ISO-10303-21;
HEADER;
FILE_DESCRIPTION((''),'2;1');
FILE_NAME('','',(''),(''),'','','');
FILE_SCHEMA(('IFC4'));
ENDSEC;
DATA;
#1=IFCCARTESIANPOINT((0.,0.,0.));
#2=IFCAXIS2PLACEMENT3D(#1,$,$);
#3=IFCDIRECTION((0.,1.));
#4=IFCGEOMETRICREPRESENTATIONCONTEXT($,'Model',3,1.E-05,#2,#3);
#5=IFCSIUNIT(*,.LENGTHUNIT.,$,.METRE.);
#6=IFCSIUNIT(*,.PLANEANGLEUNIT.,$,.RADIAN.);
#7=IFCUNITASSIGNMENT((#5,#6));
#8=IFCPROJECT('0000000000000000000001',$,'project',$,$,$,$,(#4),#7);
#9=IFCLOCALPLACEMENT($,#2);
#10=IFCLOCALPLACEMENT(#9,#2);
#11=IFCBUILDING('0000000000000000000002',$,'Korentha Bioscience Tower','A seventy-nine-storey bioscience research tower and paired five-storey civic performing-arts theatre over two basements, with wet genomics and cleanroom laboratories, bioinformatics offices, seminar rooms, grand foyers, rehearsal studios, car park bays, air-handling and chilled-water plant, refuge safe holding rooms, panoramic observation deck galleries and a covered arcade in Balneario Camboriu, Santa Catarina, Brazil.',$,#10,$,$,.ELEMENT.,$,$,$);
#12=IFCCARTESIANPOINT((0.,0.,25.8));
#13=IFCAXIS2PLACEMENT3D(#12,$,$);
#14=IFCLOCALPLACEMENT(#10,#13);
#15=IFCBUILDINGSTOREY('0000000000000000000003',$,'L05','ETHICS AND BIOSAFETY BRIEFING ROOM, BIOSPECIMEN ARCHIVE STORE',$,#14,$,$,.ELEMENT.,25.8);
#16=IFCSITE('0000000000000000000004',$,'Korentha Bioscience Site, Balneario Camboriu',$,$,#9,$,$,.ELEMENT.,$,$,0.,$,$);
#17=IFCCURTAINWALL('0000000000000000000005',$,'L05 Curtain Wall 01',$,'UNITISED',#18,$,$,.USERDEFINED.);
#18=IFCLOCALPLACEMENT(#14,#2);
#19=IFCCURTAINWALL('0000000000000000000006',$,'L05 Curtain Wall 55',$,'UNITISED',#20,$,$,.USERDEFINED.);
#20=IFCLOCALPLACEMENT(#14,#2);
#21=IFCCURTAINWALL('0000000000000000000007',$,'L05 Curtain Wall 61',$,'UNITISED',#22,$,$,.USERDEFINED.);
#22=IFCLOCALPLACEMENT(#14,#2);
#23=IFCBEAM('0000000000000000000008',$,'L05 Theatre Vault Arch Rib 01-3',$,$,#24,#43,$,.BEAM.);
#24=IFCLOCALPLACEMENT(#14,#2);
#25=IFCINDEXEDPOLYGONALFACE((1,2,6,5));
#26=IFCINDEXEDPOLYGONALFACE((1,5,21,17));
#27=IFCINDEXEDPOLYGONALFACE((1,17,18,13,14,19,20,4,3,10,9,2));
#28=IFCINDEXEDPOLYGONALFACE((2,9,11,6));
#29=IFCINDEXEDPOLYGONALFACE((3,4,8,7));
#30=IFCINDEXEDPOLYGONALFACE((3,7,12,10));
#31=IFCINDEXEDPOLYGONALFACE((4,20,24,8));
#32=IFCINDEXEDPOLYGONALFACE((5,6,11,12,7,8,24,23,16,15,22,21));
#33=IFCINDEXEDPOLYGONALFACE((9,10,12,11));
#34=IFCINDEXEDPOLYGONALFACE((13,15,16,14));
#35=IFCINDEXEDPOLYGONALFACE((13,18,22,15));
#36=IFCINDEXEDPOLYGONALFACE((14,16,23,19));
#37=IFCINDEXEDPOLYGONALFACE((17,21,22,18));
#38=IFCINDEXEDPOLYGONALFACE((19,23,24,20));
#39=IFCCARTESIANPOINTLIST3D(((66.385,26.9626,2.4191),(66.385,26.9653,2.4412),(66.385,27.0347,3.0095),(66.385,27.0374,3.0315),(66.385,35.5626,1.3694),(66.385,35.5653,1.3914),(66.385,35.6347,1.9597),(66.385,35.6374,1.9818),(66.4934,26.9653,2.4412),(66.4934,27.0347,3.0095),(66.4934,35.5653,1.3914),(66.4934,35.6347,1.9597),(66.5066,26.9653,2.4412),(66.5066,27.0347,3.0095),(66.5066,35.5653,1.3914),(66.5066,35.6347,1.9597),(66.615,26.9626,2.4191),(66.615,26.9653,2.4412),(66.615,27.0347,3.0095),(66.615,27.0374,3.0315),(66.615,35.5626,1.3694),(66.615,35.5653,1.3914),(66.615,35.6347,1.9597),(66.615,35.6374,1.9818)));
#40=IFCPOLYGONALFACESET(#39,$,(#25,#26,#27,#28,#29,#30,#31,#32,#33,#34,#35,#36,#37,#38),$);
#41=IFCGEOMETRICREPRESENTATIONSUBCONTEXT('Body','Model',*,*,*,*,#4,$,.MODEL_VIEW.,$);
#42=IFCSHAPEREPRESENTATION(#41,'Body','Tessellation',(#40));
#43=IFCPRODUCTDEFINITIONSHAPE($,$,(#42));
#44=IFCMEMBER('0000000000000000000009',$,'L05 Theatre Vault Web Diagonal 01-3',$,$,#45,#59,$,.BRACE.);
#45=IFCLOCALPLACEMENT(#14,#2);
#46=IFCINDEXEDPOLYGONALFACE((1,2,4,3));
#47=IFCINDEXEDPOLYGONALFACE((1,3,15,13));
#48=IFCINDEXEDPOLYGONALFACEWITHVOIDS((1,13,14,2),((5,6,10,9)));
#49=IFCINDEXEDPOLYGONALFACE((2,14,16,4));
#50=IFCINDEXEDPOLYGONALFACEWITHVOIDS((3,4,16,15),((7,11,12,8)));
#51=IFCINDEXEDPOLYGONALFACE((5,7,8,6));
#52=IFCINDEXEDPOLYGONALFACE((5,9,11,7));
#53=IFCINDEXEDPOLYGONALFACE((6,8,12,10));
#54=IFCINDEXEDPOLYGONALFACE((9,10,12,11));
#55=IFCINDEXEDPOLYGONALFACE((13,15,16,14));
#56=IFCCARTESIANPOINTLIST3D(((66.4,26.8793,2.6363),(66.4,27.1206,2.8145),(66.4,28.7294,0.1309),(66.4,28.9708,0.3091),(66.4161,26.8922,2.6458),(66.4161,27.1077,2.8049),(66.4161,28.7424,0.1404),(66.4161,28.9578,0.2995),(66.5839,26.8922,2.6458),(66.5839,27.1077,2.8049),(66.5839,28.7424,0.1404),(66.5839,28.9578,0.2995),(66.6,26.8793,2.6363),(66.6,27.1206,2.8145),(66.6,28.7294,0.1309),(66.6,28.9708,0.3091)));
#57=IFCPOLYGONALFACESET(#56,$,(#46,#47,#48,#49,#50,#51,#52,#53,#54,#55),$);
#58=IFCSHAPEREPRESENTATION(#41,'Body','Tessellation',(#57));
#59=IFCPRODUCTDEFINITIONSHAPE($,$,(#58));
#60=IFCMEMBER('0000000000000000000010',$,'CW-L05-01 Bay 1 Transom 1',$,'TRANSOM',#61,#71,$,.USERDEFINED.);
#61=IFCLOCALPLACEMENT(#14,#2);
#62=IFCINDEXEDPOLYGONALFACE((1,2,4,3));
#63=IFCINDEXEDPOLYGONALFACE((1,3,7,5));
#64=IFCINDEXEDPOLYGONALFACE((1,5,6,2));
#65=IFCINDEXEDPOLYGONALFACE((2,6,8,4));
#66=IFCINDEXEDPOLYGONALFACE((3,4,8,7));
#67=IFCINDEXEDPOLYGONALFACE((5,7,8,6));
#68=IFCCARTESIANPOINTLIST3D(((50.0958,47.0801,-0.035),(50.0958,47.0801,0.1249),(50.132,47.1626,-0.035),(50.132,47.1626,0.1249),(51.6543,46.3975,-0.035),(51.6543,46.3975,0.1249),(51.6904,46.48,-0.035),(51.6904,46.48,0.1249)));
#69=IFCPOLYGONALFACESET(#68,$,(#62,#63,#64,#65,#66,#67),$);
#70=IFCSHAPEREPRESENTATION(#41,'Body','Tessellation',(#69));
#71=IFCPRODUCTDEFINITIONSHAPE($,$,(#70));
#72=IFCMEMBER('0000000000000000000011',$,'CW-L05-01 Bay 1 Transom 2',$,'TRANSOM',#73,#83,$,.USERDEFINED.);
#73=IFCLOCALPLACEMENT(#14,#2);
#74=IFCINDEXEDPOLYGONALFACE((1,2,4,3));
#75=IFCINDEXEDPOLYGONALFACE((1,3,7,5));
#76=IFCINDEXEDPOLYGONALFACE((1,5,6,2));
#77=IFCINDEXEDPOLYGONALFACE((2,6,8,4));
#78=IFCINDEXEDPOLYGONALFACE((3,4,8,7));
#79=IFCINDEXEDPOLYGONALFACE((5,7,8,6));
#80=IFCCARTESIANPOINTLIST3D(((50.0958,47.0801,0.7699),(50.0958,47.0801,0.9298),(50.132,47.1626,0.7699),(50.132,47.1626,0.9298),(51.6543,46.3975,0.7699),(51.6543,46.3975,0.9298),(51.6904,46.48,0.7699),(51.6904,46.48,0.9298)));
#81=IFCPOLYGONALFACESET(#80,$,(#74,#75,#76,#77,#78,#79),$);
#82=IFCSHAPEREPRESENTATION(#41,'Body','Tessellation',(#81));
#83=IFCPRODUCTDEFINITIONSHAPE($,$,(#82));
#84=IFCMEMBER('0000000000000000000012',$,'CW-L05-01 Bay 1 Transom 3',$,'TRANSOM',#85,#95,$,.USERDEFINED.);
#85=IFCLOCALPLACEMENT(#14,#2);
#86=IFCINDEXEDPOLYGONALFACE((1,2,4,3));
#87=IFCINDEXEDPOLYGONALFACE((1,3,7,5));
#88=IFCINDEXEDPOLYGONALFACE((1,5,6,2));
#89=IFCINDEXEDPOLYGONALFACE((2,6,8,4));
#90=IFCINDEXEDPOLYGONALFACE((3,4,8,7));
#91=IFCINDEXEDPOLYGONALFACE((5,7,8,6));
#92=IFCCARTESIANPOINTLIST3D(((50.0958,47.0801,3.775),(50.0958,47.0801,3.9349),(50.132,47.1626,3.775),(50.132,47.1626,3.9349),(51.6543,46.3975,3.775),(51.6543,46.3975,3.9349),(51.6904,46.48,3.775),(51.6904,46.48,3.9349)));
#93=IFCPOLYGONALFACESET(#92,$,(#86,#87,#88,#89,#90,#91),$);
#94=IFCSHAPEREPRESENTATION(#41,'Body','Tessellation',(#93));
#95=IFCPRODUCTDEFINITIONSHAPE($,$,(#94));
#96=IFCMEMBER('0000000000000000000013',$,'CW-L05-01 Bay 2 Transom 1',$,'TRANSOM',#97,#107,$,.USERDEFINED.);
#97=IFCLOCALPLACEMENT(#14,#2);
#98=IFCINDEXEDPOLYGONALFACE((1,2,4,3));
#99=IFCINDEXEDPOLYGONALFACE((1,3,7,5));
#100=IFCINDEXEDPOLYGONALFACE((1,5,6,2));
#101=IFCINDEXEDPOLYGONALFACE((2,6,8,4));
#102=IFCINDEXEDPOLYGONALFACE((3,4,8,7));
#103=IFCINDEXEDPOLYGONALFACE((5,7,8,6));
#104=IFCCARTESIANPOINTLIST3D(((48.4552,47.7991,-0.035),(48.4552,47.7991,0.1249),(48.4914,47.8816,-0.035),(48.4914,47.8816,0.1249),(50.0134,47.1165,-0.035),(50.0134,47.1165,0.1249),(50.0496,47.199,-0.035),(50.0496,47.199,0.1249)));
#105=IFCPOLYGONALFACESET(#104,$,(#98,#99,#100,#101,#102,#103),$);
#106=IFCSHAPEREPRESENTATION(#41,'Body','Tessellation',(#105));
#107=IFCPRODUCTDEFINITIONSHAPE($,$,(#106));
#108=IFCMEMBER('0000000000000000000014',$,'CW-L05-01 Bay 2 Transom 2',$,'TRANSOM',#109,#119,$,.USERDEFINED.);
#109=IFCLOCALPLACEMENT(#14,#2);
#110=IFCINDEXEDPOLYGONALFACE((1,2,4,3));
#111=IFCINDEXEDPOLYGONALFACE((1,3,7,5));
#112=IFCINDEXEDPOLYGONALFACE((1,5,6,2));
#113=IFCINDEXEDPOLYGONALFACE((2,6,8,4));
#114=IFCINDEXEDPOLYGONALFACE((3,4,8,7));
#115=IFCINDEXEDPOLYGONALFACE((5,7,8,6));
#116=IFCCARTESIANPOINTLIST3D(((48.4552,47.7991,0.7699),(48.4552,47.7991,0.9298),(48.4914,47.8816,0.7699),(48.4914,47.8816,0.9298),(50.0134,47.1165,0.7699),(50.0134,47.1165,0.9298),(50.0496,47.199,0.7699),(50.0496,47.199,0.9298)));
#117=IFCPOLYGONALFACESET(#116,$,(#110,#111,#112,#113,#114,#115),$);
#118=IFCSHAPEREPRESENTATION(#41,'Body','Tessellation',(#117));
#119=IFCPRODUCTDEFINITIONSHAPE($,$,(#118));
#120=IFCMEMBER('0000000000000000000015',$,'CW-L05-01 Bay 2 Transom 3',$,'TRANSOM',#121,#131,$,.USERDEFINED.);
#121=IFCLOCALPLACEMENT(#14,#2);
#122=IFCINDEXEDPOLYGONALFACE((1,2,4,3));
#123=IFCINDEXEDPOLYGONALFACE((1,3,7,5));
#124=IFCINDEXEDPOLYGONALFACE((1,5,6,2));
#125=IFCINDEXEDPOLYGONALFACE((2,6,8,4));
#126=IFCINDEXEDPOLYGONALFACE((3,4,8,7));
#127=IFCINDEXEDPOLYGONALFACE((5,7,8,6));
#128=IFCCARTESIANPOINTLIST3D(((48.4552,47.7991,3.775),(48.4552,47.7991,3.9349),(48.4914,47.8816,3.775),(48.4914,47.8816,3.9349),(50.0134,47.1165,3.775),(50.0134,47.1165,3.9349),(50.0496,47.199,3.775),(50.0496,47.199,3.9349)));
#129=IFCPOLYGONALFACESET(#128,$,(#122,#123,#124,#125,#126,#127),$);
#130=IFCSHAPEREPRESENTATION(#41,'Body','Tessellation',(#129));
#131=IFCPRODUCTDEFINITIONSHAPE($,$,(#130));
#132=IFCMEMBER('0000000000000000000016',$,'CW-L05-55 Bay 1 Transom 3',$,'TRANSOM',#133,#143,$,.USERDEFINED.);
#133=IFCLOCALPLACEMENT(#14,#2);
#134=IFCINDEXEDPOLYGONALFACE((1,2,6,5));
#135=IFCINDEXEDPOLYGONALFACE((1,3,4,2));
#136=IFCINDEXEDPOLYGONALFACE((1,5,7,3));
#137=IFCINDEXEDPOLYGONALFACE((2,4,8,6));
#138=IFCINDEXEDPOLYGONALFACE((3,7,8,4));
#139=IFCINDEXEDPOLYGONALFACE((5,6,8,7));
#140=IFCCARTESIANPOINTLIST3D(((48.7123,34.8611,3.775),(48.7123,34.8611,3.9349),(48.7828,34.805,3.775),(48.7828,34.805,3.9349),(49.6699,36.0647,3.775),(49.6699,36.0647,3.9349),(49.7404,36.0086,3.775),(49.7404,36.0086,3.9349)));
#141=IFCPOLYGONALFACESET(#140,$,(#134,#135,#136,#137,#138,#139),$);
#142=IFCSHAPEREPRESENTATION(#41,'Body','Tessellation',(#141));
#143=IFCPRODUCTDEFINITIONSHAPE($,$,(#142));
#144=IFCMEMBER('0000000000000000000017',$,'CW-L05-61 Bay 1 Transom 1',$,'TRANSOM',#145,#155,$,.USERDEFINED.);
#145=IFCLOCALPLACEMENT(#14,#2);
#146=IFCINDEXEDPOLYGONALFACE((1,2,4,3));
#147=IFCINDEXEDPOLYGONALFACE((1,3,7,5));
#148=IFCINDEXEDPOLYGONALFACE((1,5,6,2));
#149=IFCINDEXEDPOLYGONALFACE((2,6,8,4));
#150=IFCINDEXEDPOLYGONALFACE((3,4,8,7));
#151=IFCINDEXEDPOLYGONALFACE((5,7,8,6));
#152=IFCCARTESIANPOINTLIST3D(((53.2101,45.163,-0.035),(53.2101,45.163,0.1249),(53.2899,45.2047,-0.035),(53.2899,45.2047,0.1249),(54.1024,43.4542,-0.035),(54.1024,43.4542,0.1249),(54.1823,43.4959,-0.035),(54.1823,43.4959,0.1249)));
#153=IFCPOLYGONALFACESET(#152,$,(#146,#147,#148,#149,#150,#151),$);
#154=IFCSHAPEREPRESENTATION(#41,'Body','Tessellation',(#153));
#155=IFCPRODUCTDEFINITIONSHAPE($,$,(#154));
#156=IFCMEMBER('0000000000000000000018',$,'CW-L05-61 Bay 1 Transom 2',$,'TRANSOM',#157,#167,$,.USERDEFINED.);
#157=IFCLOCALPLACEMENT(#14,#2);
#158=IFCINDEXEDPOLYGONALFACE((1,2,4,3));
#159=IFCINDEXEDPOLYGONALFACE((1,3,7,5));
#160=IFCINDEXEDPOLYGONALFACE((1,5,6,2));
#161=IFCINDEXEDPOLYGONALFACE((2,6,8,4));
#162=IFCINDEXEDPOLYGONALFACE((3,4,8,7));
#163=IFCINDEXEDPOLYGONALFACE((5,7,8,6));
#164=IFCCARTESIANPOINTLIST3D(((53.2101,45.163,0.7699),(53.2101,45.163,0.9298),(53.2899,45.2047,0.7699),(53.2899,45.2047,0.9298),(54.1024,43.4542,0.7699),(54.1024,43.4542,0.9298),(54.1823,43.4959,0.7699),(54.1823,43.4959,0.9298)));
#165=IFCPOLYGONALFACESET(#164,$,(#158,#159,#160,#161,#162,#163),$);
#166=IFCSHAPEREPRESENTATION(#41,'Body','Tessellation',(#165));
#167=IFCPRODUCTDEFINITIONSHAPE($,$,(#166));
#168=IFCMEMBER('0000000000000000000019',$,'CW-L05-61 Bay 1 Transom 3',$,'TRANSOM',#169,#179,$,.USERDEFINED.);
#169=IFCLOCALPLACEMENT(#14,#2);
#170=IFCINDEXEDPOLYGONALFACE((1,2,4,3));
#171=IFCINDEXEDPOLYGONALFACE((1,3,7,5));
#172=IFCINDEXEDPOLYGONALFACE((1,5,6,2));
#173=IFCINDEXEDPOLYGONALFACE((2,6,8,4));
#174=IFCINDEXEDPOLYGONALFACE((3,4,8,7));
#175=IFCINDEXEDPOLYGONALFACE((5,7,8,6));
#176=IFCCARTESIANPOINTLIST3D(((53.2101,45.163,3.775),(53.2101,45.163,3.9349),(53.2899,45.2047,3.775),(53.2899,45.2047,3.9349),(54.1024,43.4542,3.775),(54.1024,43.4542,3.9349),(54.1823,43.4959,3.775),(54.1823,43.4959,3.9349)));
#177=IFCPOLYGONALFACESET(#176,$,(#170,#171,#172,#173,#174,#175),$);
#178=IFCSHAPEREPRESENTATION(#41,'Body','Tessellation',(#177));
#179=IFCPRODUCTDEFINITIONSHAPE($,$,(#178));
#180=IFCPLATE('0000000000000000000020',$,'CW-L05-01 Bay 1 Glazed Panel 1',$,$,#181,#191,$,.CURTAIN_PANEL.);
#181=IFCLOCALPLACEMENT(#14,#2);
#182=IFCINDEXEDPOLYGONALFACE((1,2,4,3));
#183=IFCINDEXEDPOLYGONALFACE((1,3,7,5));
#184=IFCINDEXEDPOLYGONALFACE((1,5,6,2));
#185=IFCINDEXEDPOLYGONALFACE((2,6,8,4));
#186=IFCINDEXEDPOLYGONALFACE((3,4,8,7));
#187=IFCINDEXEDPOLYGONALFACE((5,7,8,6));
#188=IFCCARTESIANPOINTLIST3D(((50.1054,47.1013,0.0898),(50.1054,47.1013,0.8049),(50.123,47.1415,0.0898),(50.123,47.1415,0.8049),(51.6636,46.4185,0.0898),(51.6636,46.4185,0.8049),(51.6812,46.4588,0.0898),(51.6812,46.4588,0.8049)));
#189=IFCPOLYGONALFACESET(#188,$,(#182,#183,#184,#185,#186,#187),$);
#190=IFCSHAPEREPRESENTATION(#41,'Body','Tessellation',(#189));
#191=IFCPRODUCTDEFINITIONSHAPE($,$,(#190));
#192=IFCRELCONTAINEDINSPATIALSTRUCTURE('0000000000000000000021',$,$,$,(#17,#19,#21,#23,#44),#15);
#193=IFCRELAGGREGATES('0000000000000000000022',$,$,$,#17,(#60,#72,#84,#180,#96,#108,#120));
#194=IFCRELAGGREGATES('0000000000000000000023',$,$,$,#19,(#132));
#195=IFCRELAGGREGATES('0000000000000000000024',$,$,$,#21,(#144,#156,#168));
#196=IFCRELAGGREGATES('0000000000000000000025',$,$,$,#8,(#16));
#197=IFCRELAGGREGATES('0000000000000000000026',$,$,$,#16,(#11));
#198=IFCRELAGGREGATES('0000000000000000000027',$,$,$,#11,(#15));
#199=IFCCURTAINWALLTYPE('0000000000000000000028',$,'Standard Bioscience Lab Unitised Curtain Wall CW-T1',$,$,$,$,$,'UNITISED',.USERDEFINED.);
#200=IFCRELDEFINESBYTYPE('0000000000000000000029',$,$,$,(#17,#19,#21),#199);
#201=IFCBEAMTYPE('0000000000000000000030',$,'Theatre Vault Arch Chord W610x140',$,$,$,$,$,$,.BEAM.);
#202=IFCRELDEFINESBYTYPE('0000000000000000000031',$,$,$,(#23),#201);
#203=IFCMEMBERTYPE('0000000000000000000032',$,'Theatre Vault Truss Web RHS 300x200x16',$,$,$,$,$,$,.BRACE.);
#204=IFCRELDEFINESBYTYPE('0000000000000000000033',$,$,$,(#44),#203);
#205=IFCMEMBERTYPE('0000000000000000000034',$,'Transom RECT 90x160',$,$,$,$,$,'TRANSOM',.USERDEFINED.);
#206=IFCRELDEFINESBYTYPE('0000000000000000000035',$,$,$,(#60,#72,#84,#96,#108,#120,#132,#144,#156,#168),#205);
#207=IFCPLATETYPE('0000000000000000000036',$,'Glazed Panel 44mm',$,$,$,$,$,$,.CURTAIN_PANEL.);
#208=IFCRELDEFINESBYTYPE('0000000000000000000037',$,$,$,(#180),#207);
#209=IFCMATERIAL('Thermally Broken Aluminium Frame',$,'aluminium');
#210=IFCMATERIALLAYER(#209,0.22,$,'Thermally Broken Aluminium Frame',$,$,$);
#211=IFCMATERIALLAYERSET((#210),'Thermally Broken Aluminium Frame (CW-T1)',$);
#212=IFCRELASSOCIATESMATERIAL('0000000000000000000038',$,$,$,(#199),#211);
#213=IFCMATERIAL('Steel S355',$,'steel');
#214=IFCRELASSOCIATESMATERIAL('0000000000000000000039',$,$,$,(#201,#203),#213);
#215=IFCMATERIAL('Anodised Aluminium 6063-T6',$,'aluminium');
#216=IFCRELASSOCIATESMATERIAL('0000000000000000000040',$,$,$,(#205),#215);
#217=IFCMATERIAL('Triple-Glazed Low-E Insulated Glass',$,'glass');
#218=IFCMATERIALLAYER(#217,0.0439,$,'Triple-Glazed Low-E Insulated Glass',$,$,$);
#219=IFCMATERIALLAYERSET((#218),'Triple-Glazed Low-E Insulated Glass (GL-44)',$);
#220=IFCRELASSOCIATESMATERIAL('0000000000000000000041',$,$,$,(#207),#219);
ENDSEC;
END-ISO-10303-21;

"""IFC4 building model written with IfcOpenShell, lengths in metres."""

from ifc_helpers import new_model, si_unit, direction, frame, origin, origin_2d, place, context, subcontext, project, spatial, rectangle, hollow_rectangle, i_section, extrude, material, layer, layer_set, material_profile, profile_set, type_object, element, aggregate, save


model = new_model("IFC4")

# Units and contexts
model_context = context("Model", 3, precision=1e-05, world=origin(), true_north=direction((0.0, 1.0)))
body_context = subcontext(model_context, "Body", "Model", "MODEL_VIEW")
ifc_project = project(units=[si_unit("LENGTHUNIT", "METRE"), si_unit("PLANEANGLEUNIT", "RADIAN")], contexts=[model_context])

# Site, building, storey
site_placement = place(None, origin())
site = spatial("IfcSite", under=ifc_project, at=site_placement, Name="Korentha Bioscience Site, Balneario Camboriu", CompositionType="ELEMENT", RefElevation=0.0)
building_placement = place(site_placement, origin())
building = spatial("IfcBuilding", under=site, at=building_placement, Name="Korentha Bioscience Tower", Description="A seventy-nine-storey bioscience research tower and paired five-storey civic performing-arts theatre over two basements, with wet genomics and cleanroom laboratories, bioinformatics offices, seminar rooms, grand foyers, rehearsal studios, car park bays, air-handling and chilled-water plant, refuge safe holding rooms, panoramic observation deck galleries and a covered arcade in Balneario Camboriu, Santa Catarina, Brazil.", CompositionType="ELEMENT")
storey_placement = place(building_placement, frame((0.0, 0.0, 25.8)))
storey = spatial("IfcBuildingStorey", under=building, at=storey_placement, Name="L05", Description="ETHICS AND BIOSAFETY BRIEFING ROOM, BIOSPECIMEN ARCHIVE STORE", CompositionType="ELEMENT", Elevation=25.8)

# Shared definitions
ifc_material_1 = material(Name="Steel S355", Category="steel")

# Curtain wall
ifc_material_2 = material(Name="Thermally Broken Aluminium Frame", Category="aluminium")
ifc_layer_1 = layer(ifc_material_2, 0.22, Name="Thermally Broken Aluminium Frame")
ifc_layer_set_1 = layer_set([ifc_layer_1], Name="Thermally Broken Aluminium Frame (CW-T1)")
curtain_wall_type = type_object("IfcCurtainWallType", Name="Standard Bioscience Lab Unitised Curtain Wall CW-T1", ElementType="UNITISED", PredefinedType="USERDEFINED", material=ifc_layer_set_1)
curtain_wall_1_placement = place(storey_placement, origin())
curtain_wall_1 = element("IfcCurtainWall", 1, at=curtain_wall_1_placement, inside=storey, type_object=curtain_wall_type, Name="L05 Curtain Wall 01", ObjectType="UNITISED", PredefinedType="USERDEFINED")
ifc_material_3 = material(Name="Anodised Aluminium 6063-T6", Category="aluminium")

# Curtain wall
curtain_wall_2_placement = place(storey_placement, origin())
curtain_wall_2 = element("IfcCurtainWall", 2, at=curtain_wall_2_placement, inside=storey, type_object=curtain_wall_type, Name="L05 Curtain Wall 55", ObjectType="UNITISED", PredefinedType="USERDEFINED")

# Curtain wall
curtain_wall_3_placement = place(storey_placement, origin())
curtain_wall_3 = element("IfcCurtainWall", 3, at=curtain_wall_3_placement, inside=storey, type_object=curtain_wall_type, Name="L05 Curtain Wall 61", ObjectType="UNITISED", PredefinedType="USERDEFINED")

# Beam
ifc_material_profile_1 = material_profile(ifc_material_1, i_section(OverallWidth=0.23, OverallDepth=0.6169, WebThickness=0.0132, FlangeThickness=0.0222, at=origin_2d()), Name="Steel S355")
ifc_profile_set_1 = profile_set([ifc_material_profile_1], Name="Steel S355 (TV-610)")
beam_type_1 = type_object("IfcBeamType", Name="Theatre Vault Arch Chord W610x140", PredefinedType="BEAM", material=ifc_profile_set_1)
beam_1_placement = place(storey_placement, frame((66.5, 27.0, 2.7253), z_axis=(0.0, 0.992632, -0.12117), x_axis=(-1.0, 0.0, 0.0)))
element("IfcBeam", 4, at=beam_1_placement, inside=storey, type_object=beam_type_1, Name="L05 Theatre Vault Arch Rib 01-3", PredefinedType="BEAM", context=body_context, shape_type="SweptSolid", body=[
    extrude(i_section(OverallWidth=0.23, OverallDepth=0.6169, WebThickness=0.0132, FlangeThickness=0.0222, at=origin_2d()), origin(), (0.0, 0.0, 1.0), 8.6638),
])

# Members
ifc_material_profile_2 = material_profile(ifc_material_1, hollow_rectangle(XDim=0.2, YDim=0.3, WallThickness=0.0161, at=origin_2d()), Name="Steel S355")
ifc_profile_set_2 = profile_set([ifc_material_profile_2], Name="Steel S355 (TV-W300)")
member_type_1 = type_object("IfcMemberType", Name="Theatre Vault Truss Web RHS 300x200x16", PredefinedType="BRACE", material=ifc_profile_set_2)
member_1_placement = place(storey_placement, frame((66.5, 28.8501, 0.22), z_axis=(0.0, -0.594038, 0.804437), x_axis=(1.0, 0.0, 0.0)))
element("IfcMember", 5, at=member_1_placement, inside=storey, type_object=member_type_1, Name="L05 Theatre Vault Web Diagonal 01-3", PredefinedType="BRACE", context=body_context, shape_type="SweptSolid", body=[
    extrude(hollow_rectangle(XDim=0.2, YDim=0.3, WallThickness=0.0161, at=origin_2d()), origin(), (0.0, 0.0, 1.0), 3.1145),
])
ifc_material_profile_3 = material_profile(ifc_material_3, rectangle(XDim=0.0901, YDim=0.1599, at=origin_2d()), Name="Anodised Aluminium 6063-T6")
ifc_profile_set_3 = profile_set([ifc_material_profile_3], Name="Anodised Aluminium 6063-T6 (CW-TRN)")
member_type_2 = type_object("IfcMemberType", Name="Transom RECT 90x160", ElementType="TRANSOM", PredefinedType="USERDEFINED", material=ifc_profile_set_3)
member_2_placement = place(storey_placement, frame((51.6724, 46.4387, 0.0449), z_axis=(-0.915976, 0.401233, 0.0), x_axis=(-0.401233, -0.915976, 0.0)))
member_2 = element("IfcMember", 6, at=member_2_placement, type_object=member_type_2, Name="CW-L05-01 Bay 1 Transom 1", ObjectType="TRANSOM", PredefinedType="USERDEFINED", context=body_context, shape_type="SweptSolid", body=[
    extrude(rectangle(XDim=0.0901, YDim=0.1599, at=origin_2d()), origin(), (0.0, 0.0, 1.0), 1.7014),
])
member_3_placement = place(storey_placement, frame((51.6724, 46.4387, 0.8499), z_axis=(-0.915976, 0.401233, 0.0), x_axis=(-0.401233, -0.915976, 0.0)))
member_3 = element("IfcMember", 7, at=member_3_placement, type_object=member_type_2, Name="CW-L05-01 Bay 1 Transom 2", ObjectType="TRANSOM", PredefinedType="USERDEFINED", context=body_context, shape_type="SweptSolid", body=[
    extrude(rectangle(XDim=0.0901, YDim=0.1599, at=origin_2d()), origin(), (0.0, 0.0, 1.0), 1.7014),
])
member_4_placement = place(storey_placement, frame((51.6724, 46.4387, 3.855), z_axis=(-0.915976, 0.401233, 0.0), x_axis=(-0.401233, -0.915976, 0.0)))
member_4 = element("IfcMember", 8, at=member_4_placement, type_object=member_type_2, Name="CW-L05-01 Bay 1 Transom 3", ObjectType="TRANSOM", PredefinedType="USERDEFINED", context=body_context, shape_type="SweptSolid", body=[
    extrude(rectangle(XDim=0.0901, YDim=0.1599, at=origin_2d()), origin(), (0.0, 0.0, 1.0), 1.7014),
])
member_5_placement = place(storey_placement, frame((50.0315, 47.1577, 0.0449), z_axis=(-0.915953, 0.401286, 0.0), x_axis=(-0.401286, -0.915953, 0.0)))
member_5 = element("IfcMember", 9, at=member_5_placement, type_object=member_type_2, Name="CW-L05-01 Bay 2 Transom 1", ObjectType="TRANSOM", PredefinedType="USERDEFINED", context=body_context, shape_type="SweptSolid", body=[
    extrude(rectangle(XDim=0.0901, YDim=0.1599, at=origin_2d()), origin(), (0.0, 0.0, 1.0), 1.7012),
])
member_6_placement = place(storey_placement, frame((50.0315, 47.1577, 0.8499), z_axis=(-0.915953, 0.401286, 0.0), x_axis=(-0.401286, -0.915953, 0.0)))
member_6 = element("IfcMember", 10, at=member_6_placement, type_object=member_type_2, Name="CW-L05-01 Bay 2 Transom 2", ObjectType="TRANSOM", PredefinedType="USERDEFINED", context=body_context, shape_type="SweptSolid", body=[
    extrude(rectangle(XDim=0.0901, YDim=0.1599, at=origin_2d()), origin(), (0.0, 0.0, 1.0), 1.7012),
])
member_7_placement = place(storey_placement, frame((50.0315, 47.1577, 3.855), z_axis=(-0.915953, 0.401286, 0.0), x_axis=(-0.401286, -0.915953, 0.0)))
member_7 = element("IfcMember", 11, at=member_7_placement, type_object=member_type_2, Name="CW-L05-01 Bay 2 Transom 3", ObjectType="TRANSOM", PredefinedType="USERDEFINED", context=body_context, shape_type="SweptSolid", body=[
    extrude(rectangle(XDim=0.0901, YDim=0.1599, at=origin_2d()), origin(), (0.0, 0.0, 1.0), 1.7012),
])
member_8_placement = place(storey_placement, frame((48.7476, 34.833, 3.855), z_axis=(0.622563, 0.782569, 0.0), x_axis=(-0.782569, 0.622563, 0.0)))
member_8 = element("IfcMember", 12, at=member_8_placement, type_object=member_type_2, Name="CW-L05-55 Bay 1 Transom 3", ObjectType="TRANSOM", PredefinedType="USERDEFINED", context=body_context, shape_type="SweptSolid", body=[
    extrude(rectangle(XDim=0.0901, YDim=0.1599, at=origin_2d()), origin(), (0.0, 0.0, 1.0), 1.5381),
])
member_9_placement = place(storey_placement, frame((54.1423, 43.4751, 0.0449), z_axis=(-0.462899, 0.886411, 0.0), x_axis=(-0.886411, -0.462899, 0.0)))
member_9 = element("IfcMember", 13, at=member_9_placement, type_object=member_type_2, Name="CW-L05-61 Bay 1 Transom 1", ObjectType="TRANSOM", PredefinedType="USERDEFINED", context=body_context, shape_type="SweptSolid", body=[
    extrude(rectangle(XDim=0.0901, YDim=0.1599, at=origin_2d()), origin(), (0.0, 0.0, 1.0), 1.9277),
])
member_10_placement = place(storey_placement, frame((54.1423, 43.4751, 0.8499), z_axis=(-0.462899, 0.886411, 0.0), x_axis=(-0.886411, -0.462899, 0.0)))
member_10 = element("IfcMember", 14, at=member_10_placement, type_object=member_type_2, Name="CW-L05-61 Bay 1 Transom 2", ObjectType="TRANSOM", PredefinedType="USERDEFINED", context=body_context, shape_type="SweptSolid", body=[
    extrude(rectangle(XDim=0.0901, YDim=0.1599, at=origin_2d()), origin(), (0.0, 0.0, 1.0), 1.9277),
])
member_11_placement = place(storey_placement, frame((54.1423, 43.4751, 3.855), z_axis=(-0.462899, 0.886411, 0.0), x_axis=(-0.886411, -0.462899, 0.0)))
member_11 = element("IfcMember", 15, at=member_11_placement, type_object=member_type_2, Name="CW-L05-61 Bay 1 Transom 3", ObjectType="TRANSOM", PredefinedType="USERDEFINED", context=body_context, shape_type="SweptSolid", body=[
    extrude(rectangle(XDim=0.0901, YDim=0.1599, at=origin_2d()), origin(), (0.0, 0.0, 1.0), 1.9277),
])

# Plate
ifc_material_4 = material(Name="Triple-Glazed Low-E Insulated Glass", Category="glass")
ifc_layer_2 = layer(ifc_material_4, 0.0439, Name="Triple-Glazed Low-E Insulated Glass")
ifc_layer_set_2 = layer_set([ifc_layer_2], Name="Triple-Glazed Low-E Insulated Glass (GL-44)")
plate_type_1 = type_object("IfcPlateType", Name="Glazed Panel 44mm", PredefinedType="CURTAIN_PANEL", material=ifc_layer_set_2)
plate_1_placement = place(storey_placement, frame((50.8933, 46.78, 0.0898), z_axis=(0.0, 0.0, 1.0), x_axis=(-0.915939, 0.401317, 0.0)))
plate_1 = element("IfcPlate", 16, at=plate_1_placement, type_object=plate_type_1, Name="CW-L05-01 Bay 1 Glazed Panel 1", PredefinedType="CURTAIN_PANEL", context=body_context, shape_type="SweptSolid", body=[
    extrude(rectangle(XDim=1.7012, YDim=0.0439, at=origin_2d()), origin(), (0.0, 0.0, 1.0), 0.7151),
])
aggregate(curtain_wall_1, [member_2, member_3, member_4, plate_1, member_5, member_6, member_7])
aggregate(curtain_wall_2, [member_8])
aggregate(curtain_wall_3, [member_9, member_10, member_11])

save(model, "model.ifc")
